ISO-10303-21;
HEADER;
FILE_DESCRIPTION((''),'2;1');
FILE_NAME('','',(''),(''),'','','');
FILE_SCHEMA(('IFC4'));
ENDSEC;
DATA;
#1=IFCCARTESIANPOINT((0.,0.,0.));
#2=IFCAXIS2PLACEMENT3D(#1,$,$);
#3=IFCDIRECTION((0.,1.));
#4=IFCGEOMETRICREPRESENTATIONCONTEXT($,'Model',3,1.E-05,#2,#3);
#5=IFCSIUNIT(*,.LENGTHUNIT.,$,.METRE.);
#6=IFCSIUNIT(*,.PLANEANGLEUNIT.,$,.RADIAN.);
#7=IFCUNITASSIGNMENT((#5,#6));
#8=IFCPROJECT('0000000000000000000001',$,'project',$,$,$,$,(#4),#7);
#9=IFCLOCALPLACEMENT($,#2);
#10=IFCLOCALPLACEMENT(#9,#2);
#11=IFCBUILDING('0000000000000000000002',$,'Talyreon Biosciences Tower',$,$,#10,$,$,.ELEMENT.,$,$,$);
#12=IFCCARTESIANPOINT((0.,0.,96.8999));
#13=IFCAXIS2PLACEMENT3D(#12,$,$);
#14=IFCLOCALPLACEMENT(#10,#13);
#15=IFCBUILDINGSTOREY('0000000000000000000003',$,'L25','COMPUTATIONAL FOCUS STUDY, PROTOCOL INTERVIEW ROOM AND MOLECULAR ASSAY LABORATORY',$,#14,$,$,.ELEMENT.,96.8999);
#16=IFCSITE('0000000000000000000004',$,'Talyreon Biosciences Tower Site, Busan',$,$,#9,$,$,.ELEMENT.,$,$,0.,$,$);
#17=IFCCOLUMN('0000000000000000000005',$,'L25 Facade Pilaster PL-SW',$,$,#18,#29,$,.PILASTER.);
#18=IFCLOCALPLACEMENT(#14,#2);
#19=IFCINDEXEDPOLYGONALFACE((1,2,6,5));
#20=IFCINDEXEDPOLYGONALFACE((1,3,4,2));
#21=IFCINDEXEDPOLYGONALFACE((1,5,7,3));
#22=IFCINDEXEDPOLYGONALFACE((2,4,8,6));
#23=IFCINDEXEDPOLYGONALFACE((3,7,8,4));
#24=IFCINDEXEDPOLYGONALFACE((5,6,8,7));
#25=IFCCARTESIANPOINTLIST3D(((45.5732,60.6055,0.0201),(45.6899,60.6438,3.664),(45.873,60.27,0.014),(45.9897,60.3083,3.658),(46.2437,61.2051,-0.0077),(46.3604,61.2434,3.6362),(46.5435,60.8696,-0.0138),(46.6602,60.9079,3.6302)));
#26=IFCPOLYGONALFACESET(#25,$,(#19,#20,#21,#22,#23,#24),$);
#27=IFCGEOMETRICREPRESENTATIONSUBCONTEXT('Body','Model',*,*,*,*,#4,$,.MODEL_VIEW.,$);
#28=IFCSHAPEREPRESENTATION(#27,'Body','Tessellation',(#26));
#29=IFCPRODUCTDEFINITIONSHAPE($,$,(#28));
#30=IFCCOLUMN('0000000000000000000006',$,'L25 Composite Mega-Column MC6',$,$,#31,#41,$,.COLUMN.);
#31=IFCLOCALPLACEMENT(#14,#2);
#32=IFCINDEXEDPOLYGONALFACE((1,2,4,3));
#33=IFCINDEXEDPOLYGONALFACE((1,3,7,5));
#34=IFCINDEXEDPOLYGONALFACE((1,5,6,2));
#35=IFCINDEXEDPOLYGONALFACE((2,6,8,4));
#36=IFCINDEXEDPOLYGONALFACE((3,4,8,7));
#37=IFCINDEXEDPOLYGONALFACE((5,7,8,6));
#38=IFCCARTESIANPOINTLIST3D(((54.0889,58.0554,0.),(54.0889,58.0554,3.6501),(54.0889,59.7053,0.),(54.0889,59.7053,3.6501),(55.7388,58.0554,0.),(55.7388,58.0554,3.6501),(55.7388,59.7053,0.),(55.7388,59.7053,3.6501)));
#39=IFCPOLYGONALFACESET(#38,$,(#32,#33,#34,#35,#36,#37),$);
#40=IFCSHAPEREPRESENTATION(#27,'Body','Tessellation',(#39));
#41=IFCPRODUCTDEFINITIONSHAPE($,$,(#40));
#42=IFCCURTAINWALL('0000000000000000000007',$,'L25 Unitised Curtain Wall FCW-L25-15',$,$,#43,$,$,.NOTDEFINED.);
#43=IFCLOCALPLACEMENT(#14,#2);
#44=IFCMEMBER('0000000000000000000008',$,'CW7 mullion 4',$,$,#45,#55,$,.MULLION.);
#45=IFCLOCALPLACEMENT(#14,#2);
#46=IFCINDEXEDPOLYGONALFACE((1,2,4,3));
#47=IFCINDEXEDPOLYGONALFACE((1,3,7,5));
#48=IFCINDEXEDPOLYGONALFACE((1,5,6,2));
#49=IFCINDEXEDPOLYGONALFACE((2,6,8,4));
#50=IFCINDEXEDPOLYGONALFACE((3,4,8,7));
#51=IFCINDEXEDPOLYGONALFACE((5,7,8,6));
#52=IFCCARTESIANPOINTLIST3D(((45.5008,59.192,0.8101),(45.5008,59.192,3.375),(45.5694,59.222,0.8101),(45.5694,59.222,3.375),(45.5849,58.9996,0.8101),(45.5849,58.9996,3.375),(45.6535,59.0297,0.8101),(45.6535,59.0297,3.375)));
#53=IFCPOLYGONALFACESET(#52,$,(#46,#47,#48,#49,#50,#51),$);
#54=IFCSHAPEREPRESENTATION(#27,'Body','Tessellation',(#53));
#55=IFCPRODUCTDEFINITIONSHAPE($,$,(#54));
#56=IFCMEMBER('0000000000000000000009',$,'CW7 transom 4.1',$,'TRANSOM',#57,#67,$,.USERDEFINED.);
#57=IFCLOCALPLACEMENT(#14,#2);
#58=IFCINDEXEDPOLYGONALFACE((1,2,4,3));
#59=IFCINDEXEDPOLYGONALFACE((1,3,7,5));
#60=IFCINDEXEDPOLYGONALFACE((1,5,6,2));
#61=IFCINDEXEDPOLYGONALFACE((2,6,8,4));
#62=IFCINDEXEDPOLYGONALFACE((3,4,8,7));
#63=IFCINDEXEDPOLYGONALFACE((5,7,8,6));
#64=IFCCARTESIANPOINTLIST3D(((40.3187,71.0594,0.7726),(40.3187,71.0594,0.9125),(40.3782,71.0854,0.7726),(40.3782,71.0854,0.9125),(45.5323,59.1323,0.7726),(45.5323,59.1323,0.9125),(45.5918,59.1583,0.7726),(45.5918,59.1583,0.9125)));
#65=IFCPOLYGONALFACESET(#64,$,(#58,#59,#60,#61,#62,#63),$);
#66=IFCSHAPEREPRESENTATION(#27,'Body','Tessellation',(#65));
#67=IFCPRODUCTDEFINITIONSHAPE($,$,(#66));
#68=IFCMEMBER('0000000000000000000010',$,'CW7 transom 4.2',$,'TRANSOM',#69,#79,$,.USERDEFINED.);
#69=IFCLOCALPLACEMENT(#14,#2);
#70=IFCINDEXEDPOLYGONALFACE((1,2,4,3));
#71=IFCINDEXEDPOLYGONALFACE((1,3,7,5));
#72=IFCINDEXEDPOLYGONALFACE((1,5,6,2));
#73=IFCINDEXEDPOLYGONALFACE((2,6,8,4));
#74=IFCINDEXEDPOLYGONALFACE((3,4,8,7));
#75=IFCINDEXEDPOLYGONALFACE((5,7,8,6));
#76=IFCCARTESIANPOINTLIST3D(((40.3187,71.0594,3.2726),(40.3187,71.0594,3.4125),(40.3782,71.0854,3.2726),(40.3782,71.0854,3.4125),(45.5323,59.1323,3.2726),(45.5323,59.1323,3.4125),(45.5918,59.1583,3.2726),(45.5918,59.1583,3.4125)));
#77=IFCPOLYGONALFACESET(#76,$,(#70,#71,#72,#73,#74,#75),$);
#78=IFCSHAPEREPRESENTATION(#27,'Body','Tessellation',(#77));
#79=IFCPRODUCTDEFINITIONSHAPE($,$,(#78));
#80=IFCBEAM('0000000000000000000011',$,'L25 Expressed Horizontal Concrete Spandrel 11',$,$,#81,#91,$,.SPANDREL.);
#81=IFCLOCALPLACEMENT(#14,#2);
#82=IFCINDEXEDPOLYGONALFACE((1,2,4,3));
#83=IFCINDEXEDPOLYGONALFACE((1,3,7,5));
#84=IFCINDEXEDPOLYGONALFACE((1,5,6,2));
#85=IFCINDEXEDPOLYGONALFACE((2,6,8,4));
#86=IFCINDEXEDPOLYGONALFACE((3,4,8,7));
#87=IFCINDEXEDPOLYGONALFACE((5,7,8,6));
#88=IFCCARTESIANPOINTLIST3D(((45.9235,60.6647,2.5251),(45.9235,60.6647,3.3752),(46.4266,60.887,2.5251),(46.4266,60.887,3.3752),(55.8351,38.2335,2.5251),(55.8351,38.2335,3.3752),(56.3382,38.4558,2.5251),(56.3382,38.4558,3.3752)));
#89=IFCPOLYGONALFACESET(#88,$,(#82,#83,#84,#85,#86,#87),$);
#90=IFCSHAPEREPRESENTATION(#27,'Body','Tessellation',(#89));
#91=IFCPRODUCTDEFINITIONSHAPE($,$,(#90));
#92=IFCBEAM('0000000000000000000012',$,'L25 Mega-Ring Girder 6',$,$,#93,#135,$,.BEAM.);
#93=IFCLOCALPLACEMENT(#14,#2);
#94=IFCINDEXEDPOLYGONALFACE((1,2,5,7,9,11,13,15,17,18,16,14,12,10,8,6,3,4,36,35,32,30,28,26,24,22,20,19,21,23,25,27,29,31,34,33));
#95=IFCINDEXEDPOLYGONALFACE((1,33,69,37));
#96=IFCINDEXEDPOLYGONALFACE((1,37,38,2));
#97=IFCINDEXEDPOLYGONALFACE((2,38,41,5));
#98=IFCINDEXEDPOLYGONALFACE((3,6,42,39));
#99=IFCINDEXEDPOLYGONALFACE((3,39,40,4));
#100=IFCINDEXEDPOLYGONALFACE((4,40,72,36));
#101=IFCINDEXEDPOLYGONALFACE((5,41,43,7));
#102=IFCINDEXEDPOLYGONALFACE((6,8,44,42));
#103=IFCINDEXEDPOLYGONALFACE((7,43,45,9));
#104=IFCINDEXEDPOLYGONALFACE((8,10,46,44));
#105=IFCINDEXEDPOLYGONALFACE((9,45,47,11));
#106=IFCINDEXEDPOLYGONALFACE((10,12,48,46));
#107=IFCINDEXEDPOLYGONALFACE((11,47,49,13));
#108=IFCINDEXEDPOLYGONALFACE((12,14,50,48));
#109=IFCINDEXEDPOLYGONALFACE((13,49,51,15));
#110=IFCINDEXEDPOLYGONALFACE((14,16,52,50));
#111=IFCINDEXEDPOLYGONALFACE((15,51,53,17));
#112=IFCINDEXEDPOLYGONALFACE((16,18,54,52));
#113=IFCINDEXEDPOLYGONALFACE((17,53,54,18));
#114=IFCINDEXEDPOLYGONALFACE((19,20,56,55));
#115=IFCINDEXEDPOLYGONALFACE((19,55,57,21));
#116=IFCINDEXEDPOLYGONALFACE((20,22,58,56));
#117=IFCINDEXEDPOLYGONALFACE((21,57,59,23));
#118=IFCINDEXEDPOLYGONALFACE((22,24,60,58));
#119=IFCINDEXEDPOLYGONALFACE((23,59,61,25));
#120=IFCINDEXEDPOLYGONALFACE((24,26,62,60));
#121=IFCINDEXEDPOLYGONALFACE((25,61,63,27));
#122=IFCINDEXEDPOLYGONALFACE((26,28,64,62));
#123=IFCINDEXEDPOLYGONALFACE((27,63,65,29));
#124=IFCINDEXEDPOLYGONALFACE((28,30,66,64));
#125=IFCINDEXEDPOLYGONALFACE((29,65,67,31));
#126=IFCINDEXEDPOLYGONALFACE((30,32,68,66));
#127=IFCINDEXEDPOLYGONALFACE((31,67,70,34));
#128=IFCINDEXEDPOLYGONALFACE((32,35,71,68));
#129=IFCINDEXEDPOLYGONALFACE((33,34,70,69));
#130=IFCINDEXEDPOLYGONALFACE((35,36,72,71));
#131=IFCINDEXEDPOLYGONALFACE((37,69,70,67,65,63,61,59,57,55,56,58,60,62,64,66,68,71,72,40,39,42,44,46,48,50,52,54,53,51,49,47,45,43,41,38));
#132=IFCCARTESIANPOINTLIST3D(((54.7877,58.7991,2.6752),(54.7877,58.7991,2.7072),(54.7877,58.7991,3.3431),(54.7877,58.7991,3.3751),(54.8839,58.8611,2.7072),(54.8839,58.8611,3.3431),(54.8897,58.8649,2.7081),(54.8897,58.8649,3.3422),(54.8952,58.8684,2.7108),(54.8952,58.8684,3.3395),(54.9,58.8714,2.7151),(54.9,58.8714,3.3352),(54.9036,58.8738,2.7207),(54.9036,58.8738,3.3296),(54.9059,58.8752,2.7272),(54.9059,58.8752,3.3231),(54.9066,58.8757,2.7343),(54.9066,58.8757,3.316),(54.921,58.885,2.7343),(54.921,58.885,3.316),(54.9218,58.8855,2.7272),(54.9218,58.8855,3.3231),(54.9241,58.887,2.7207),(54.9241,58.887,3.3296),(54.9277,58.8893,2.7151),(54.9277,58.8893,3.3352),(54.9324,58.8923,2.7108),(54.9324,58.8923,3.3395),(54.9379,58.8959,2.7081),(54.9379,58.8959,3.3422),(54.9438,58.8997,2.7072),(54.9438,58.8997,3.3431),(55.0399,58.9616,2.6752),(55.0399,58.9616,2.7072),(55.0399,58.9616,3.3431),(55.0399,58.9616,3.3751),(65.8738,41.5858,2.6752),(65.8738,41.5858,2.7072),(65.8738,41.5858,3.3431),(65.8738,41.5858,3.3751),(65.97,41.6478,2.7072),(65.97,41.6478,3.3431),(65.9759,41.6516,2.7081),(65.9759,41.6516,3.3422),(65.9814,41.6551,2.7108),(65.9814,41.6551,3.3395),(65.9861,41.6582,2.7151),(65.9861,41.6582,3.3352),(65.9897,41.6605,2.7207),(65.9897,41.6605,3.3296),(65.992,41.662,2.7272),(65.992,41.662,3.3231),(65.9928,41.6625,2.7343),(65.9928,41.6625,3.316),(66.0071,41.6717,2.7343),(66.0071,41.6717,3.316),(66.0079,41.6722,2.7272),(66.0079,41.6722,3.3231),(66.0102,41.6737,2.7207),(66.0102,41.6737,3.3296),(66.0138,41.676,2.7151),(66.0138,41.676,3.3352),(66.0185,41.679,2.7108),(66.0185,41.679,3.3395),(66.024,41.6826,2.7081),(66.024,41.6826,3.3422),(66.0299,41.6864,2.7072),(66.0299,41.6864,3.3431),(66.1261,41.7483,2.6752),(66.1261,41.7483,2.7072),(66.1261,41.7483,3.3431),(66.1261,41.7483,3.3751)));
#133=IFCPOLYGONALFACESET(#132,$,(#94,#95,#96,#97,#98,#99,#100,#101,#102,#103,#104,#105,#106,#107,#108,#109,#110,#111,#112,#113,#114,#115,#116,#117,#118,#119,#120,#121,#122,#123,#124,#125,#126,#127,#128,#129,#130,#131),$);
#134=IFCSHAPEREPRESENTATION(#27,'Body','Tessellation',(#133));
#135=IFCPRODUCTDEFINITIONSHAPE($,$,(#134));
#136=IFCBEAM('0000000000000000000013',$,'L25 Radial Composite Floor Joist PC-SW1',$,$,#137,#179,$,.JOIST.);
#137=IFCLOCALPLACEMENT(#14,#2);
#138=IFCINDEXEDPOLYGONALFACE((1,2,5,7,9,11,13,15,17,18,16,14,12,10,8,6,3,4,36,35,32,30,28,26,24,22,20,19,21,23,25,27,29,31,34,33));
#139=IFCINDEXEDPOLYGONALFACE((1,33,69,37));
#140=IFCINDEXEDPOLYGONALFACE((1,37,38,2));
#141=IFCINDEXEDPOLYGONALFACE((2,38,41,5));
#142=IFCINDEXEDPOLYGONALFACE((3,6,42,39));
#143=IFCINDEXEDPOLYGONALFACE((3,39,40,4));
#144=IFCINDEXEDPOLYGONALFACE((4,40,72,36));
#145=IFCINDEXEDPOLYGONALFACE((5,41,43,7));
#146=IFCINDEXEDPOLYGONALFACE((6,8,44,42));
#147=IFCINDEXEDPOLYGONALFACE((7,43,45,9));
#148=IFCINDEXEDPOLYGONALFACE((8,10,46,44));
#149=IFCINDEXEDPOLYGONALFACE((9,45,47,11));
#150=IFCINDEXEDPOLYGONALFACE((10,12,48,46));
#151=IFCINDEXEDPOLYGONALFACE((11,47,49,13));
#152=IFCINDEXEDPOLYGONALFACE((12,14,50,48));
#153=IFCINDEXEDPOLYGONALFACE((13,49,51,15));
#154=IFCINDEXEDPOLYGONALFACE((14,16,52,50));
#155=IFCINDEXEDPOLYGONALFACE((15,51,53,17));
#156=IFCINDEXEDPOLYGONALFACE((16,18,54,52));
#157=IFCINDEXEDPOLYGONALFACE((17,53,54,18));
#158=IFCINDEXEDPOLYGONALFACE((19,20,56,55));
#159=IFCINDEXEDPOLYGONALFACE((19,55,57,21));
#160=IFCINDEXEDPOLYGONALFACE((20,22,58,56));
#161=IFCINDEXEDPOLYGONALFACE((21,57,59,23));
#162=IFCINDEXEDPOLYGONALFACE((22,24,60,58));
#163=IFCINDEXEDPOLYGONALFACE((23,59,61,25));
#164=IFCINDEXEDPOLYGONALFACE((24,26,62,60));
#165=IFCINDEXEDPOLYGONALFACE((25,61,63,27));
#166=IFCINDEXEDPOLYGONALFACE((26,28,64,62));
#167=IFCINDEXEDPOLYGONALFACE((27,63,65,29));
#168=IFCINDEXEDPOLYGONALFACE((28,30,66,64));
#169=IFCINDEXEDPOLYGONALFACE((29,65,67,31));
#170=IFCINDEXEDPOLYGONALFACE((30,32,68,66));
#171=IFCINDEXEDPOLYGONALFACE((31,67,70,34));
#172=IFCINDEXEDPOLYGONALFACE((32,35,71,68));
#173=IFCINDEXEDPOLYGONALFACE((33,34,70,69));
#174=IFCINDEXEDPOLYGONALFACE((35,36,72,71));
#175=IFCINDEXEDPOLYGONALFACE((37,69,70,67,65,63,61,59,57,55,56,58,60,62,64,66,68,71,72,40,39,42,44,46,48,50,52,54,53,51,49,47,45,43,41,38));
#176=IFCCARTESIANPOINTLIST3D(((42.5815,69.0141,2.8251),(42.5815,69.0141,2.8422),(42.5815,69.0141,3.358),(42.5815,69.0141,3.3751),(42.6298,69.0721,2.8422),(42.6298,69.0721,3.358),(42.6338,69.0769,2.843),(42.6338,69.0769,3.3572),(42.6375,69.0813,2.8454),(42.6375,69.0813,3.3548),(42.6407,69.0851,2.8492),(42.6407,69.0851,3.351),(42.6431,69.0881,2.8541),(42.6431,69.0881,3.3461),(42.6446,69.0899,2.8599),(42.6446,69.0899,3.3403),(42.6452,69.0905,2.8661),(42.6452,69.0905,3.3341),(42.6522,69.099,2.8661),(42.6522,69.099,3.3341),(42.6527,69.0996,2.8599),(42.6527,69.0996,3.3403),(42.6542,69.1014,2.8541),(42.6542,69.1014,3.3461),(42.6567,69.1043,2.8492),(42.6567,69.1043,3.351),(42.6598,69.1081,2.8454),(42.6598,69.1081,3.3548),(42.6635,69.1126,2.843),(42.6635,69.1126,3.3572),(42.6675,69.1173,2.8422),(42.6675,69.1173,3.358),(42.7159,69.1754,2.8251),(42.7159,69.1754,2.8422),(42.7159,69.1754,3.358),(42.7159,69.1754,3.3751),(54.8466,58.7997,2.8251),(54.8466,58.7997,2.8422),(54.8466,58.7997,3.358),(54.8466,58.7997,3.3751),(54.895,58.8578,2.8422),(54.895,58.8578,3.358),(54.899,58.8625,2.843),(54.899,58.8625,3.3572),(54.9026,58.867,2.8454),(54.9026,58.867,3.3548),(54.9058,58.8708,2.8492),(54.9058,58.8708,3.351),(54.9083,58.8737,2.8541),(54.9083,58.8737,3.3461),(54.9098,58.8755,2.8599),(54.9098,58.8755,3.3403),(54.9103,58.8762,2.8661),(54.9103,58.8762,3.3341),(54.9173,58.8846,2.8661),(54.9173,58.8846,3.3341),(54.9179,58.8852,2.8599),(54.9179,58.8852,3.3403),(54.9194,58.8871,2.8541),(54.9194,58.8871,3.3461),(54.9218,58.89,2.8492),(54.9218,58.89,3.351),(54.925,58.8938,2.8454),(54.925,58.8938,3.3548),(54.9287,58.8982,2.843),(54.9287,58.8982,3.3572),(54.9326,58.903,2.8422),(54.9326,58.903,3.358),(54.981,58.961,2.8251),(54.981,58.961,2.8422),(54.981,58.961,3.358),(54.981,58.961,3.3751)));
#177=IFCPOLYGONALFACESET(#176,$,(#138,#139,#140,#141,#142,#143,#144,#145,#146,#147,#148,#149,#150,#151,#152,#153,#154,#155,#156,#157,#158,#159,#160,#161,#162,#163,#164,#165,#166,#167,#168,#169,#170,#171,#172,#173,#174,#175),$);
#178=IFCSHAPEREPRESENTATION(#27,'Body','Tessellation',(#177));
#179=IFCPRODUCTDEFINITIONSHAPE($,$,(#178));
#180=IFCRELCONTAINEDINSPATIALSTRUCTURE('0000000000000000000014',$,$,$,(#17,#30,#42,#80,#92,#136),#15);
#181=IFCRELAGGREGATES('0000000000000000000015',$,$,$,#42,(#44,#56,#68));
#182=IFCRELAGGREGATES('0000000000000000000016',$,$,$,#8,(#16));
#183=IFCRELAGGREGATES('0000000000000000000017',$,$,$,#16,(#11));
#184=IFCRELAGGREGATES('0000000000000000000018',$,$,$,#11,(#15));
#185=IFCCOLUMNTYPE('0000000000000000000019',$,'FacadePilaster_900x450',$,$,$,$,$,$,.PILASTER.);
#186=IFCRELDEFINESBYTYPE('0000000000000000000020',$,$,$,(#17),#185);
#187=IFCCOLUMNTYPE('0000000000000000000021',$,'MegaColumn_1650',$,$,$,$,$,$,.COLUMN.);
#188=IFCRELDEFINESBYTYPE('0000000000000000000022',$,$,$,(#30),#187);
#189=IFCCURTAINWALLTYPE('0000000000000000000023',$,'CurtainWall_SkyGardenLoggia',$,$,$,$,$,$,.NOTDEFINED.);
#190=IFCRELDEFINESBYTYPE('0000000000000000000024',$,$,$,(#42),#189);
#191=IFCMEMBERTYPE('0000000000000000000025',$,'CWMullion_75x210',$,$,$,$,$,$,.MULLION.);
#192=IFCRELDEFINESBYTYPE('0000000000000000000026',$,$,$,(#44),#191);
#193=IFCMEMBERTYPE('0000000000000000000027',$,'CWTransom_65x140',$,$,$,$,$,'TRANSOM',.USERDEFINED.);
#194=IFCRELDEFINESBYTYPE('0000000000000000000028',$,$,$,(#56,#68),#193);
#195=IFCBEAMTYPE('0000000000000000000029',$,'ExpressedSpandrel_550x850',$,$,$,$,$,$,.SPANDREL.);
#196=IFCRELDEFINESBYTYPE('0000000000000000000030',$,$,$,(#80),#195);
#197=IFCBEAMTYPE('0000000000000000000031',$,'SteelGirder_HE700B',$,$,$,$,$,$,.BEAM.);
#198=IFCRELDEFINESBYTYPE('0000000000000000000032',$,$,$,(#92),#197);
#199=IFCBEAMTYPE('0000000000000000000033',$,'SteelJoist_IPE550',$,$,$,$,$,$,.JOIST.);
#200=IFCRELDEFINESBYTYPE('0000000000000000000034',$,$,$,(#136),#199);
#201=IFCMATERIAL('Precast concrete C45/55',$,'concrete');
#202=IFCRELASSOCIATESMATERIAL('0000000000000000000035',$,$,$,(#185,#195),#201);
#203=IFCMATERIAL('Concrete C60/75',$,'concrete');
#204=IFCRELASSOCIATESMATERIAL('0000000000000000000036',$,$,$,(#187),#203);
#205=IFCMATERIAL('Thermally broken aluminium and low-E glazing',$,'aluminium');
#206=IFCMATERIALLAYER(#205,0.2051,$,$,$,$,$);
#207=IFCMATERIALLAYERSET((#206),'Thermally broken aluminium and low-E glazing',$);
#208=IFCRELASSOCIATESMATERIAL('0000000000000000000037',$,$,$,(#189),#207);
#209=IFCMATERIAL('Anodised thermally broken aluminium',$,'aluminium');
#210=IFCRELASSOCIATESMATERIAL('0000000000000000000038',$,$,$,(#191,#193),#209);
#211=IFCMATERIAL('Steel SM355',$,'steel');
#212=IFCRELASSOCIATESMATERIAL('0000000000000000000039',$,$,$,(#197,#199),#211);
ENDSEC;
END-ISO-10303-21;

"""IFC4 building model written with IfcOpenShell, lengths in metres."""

from ifc_helpers import new_model, si_unit, direction, frame, origin, origin_2d, place, context, subcontext, project, spatial, rectangle, i_section, extrude, material, layer, layer_set, material_profile, profile_set, type_object, element, aggregate, save


model = new_model("IFC4")

# Units and contexts
model_context = context("Model", 3, precision=1e-05, world=origin(), true_north=direction((0.0, 1.0)))
body_context = subcontext(model_context, "Body", "Model", "MODEL_VIEW")
ifc_project = project(units=[si_unit("LENGTHUNIT", "METRE"), si_unit("PLANEANGLEUNIT", "RADIAN")], contexts=[model_context])

# Site, building, storey
site_placement = place(None, origin())
site = spatial("IfcSite", under=ifc_project, at=site_placement, Name="Talyreon Biosciences Tower Site, Busan", CompositionType="ELEMENT", RefElevation=0.0)
building_placement = place(site_placement, origin())
building = spatial("IfcBuilding", under=site, at=building_placement, Name="Talyreon Biosciences Tower", CompositionType="ELEMENT")
storey_placement = place(building_placement, frame((0.0, 0.0, 96.8999)))
storey = spatial("IfcBuildingStorey", under=building, at=storey_placement, Name="L25", Description="COMPUTATIONAL FOCUS STUDY, PROTOCOL INTERVIEW ROOM AND MOLECULAR ASSAY LABORATORY", CompositionType="ELEMENT", Elevation=96.8999)

# Columns
ifc_material_1 = material(Name="Precast concrete C45/55", Category="concrete")
ifc_material_profile_1 = material_profile(ifc_material_1, rectangle(XDim=0.8999, YDim=0.45, at=origin_2d()), Name="RC 900x450")
ifc_profile_set_1 = profile_set([ifc_material_profile_1], Name="Precast concrete C45/55")
column_type_1 = type_object("IfcColumnType", Name="FacadePilaster_900x450", PredefinedType="PILASTER", material=ifc_profile_set_1)
column_1_placement = place(storey_placement, frame((46.0583, 60.7375, 0.0032), z_axis=(0.032006, 0.010513, 0.999432), x_axis=(0.745077, 0.666264, -0.030869)))
element("IfcColumn", 1, at=column_1_placement, inside=storey, type_object=column_type_1, Name="L25 Facade Pilaster PL-SW", PredefinedType="PILASTER", context=body_context, shape_type="SweptSolid", body=[
    extrude(rectangle(XDim=0.8999, YDim=0.45, at=origin_2d()), origin(), (0.0, 0.0, 1.0), 3.646),
])
ifc_material_2 = material(Name="Concrete C60/75", Category="concrete")
ifc_material_profile_2 = material_profile(ifc_material_2, rectangle(XDim=1.6499, YDim=1.6499, at=origin_2d()), Name="RC 1650x1650")
ifc_profile_set_2 = profile_set([ifc_material_profile_2], Name="Concrete C60/75")
column_type_2 = type_object("IfcColumnType", Name="MegaColumn_1650", PredefinedType="COLUMN", material=ifc_profile_set_2)
column_2_placement = place(storey_placement, frame((54.9138, 58.8804, 0.0), z_axis=(0.0, 0.0, 1.0), x_axis=(1.0, 0.0, 0.0)))
element("IfcColumn", 2, at=column_2_placement, inside=storey, type_object=column_type_2, Name="L25 Composite Mega-Column MC6", PredefinedType="COLUMN", context=body_context, shape_type="SweptSolid", body=[
    extrude(rectangle(XDim=1.6499, YDim=1.6499, at=origin_2d()), origin(), (0.0, 0.0, 1.0), 3.6501),
])

# Curtain wall, members
ifc_material_3 = material(Name="Thermally broken aluminium and low-E glazing", Category="aluminium")
ifc_layer_1 = layer(ifc_material_3, 0.2051)
ifc_layer_set_1 = layer_set([ifc_layer_1], Name="Thermally broken aluminium and low-E glazing")
curtain_wall_type = type_object("IfcCurtainWallType", Name="CurtainWall_SkyGardenLoggia", PredefinedType="NOTDEFINED", material=ifc_layer_set_1)
curtain_wall_placement = place(storey_placement, origin())
curtain_wall = element("IfcCurtainWall", 3, at=curtain_wall_placement, inside=storey, type_object=curtain_wall_type, Name="L25 Unitised Curtain Wall FCW-L25-15", PredefinedType="NOTDEFINED")
ifc_material_4 = material(Name="Anodised thermally broken aluminium", Category="aluminium")
ifc_material_profile_3 = material_profile(ifc_material_4, rectangle(XDim=0.075, YDim=0.21, at=origin_2d()), Name="ALUM MULLION 75x210")
ifc_profile_set_3 = profile_set([ifc_material_profile_3], Name="Anodised thermally broken aluminium")
member_type_1 = type_object("IfcMemberType", Name="CWMullion_75x210", PredefinedType="MULLION", material=ifc_profile_set_3)
member_1_placement = place(storey_placement, frame((45.5771, 59.1108, 0.8101), z_axis=(0.0, 0.0, 1.0), x_axis=(-0.916278, -0.400542, 0.0)))
member_1 = element("IfcMember", 4, at=member_1_placement, type_object=member_type_1, Name="CW7 mullion 4", PredefinedType="MULLION", context=body_context, shape_type="SweptSolid", body=[
    extrude(rectangle(XDim=0.075, YDim=0.21, at=origin_2d()), origin(), (0.0, 0.0, 1.0), 2.5649),
])
ifc_material_profile_4 = material_profile(ifc_material_4, rectangle(XDim=0.0649, YDim=0.1399, at=origin_2d()), Name="ALUM TRANSOM 65x140")
ifc_profile_set_4 = profile_set([ifc_material_profile_4], Name="Anodised thermally broken aluminium")
member_type_2 = type_object("IfcMemberType", Name="CWTransom_65x140", ElementType="TRANSOM", PredefinedType="USERDEFINED", material=ifc_profile_set_4)
member_2_placement = place(storey_placement, frame((45.562, 59.1453, 0.8425), z_axis=(-0.400526, 0.916286, 0.0), x_axis=(-0.916286, -0.400526, 0.0)))
member_2 = element("IfcMember", 5, at=member_2_placement, type_object=member_type_2, Name="CW7 transom 4.1", ObjectType="TRANSOM", PredefinedType="USERDEFINED", context=body_context, shape_type="SweptSolid", body=[
    extrude(rectangle(XDim=0.0649, YDim=0.1399, at=origin_2d()), origin(), (0.0, 0.0, 1.0), 13.0168),
])
member_3_placement = place(storey_placement, frame((45.562, 59.1453, 3.3425), z_axis=(-0.400526, 0.916286, 0.0), x_axis=(-0.916286, -0.400526, 0.0)))
member_3 = element("IfcMember", 6, at=member_3_placement, type_object=member_type_2, Name="CW7 transom 4.2", ObjectType="TRANSOM", PredefinedType="USERDEFINED", context=body_context, shape_type="SweptSolid", body=[
    extrude(rectangle(XDim=0.0649, YDim=0.1399, at=origin_2d()), origin(), (0.0, 0.0, 1.0), 13.0168),
])

# Beams
ifc_material_profile_5 = material_profile(ifc_material_1, rectangle(XDim=0.55, YDim=0.8501, at=origin_2d()), Name="RCB 550x850")
ifc_profile_set_5 = profile_set([ifc_material_profile_5], Name="Precast concrete C45/55")
beam_type_1 = type_object("IfcBeamType", Name="ExpressedSpandrel_550x850", PredefinedType="SPANDREL", material=ifc_profile_set_5)
beam_1_placement = place(storey_placement, frame((46.175, 60.7759, 2.9502), z_axis=(0.40417, -0.914684, 0.0), x_axis=(0.914684, 0.40417, 0.0)))
element("IfcBeam", 7, at=beam_1_placement, inside=storey, type_object=beam_type_1, Name="L25 Expressed Horizontal Concrete Spandrel 11", PredefinedType="SPANDREL", context=body_context, shape_type="SweptSolid", body=[
    extrude(rectangle(XDim=0.55, YDim=0.8501, at=origin_2d()), origin(), (0.0, 0.0, 1.0), 24.5234),
])
ifc_material_5 = material(Name="Steel SM355", Category="steel")
ifc_material_profile_6 = material_profile(ifc_material_5, i_section(OverallWidth=0.3, OverallDepth=0.7, WebThickness=0.0171, FlangeThickness=0.032, FilletRadius=0.0271, at=origin_2d()), Name="HE700B")
ifc_profile_set_6 = profile_set([ifc_material_profile_6], Name="Steel SM355")
beam_type_2 = type_object("IfcBeamType", Name="SteelGirder_HE700B", PredefinedType="BEAM", material=ifc_profile_set_6)
beam_2_placement = place(storey_placement, frame((54.9138, 58.8804, 3.0251), z_axis=(0.541464, -0.840724, 0.0), x_axis=(0.840724, 0.541464, 0.0)))
element("IfcBeam", 8, at=beam_2_placement, inside=storey, type_object=beam_type_2, Name="L25 Mega-Ring Girder 6", PredefinedType="BEAM", context=body_context, shape_type="SweptSolid", body=[
    extrude(i_section(OverallWidth=0.3, OverallDepth=0.7, WebThickness=0.0171, FlangeThickness=0.032, FilletRadius=0.0271, at=origin_2d()), origin(), (0.0, 0.0, 1.0), 20.4744),
])
ifc_material_profile_7 = material_profile(ifc_material_5, i_section(OverallWidth=0.21, OverallDepth=0.55, WebThickness=0.011, FlangeThickness=0.0171, FilletRadius=0.0239, at=origin_2d()), Name="IPE550")
ifc_profile_set_7 = profile_set([ifc_material_profile_7], Name="Steel SM355")
beam_type_3 = type_object("IfcBeamType", Name="SteelJoist_IPE550", PredefinedType="JOIST", material=ifc_profile_set_7)
beam_3_placement = place(storey_placement, frame((54.9138, 58.8804, 3.1001), z_axis=(-0.768424, 0.639941, 0.0), x_axis=(-0.639941, -0.768424, 0.0)))
element("IfcBeam", 9, at=beam_3_placement, inside=storey, type_object=beam_type_3, Name="L25 Radial Composite Floor Joist PC-SW1", PredefinedType="JOIST", context=body_context, shape_type="SweptSolid", body=[
    extrude(i_section(OverallWidth=0.21, OverallDepth=0.55, WebThickness=0.011, FlangeThickness=0.0171, FilletRadius=0.0239, at=origin_2d()), origin(), (0.0, 0.0, 1.0), 15.9614),
])

aggregate(curtain_wall, [member_1, member_2, member_3])

save(model, "model.ifc")
